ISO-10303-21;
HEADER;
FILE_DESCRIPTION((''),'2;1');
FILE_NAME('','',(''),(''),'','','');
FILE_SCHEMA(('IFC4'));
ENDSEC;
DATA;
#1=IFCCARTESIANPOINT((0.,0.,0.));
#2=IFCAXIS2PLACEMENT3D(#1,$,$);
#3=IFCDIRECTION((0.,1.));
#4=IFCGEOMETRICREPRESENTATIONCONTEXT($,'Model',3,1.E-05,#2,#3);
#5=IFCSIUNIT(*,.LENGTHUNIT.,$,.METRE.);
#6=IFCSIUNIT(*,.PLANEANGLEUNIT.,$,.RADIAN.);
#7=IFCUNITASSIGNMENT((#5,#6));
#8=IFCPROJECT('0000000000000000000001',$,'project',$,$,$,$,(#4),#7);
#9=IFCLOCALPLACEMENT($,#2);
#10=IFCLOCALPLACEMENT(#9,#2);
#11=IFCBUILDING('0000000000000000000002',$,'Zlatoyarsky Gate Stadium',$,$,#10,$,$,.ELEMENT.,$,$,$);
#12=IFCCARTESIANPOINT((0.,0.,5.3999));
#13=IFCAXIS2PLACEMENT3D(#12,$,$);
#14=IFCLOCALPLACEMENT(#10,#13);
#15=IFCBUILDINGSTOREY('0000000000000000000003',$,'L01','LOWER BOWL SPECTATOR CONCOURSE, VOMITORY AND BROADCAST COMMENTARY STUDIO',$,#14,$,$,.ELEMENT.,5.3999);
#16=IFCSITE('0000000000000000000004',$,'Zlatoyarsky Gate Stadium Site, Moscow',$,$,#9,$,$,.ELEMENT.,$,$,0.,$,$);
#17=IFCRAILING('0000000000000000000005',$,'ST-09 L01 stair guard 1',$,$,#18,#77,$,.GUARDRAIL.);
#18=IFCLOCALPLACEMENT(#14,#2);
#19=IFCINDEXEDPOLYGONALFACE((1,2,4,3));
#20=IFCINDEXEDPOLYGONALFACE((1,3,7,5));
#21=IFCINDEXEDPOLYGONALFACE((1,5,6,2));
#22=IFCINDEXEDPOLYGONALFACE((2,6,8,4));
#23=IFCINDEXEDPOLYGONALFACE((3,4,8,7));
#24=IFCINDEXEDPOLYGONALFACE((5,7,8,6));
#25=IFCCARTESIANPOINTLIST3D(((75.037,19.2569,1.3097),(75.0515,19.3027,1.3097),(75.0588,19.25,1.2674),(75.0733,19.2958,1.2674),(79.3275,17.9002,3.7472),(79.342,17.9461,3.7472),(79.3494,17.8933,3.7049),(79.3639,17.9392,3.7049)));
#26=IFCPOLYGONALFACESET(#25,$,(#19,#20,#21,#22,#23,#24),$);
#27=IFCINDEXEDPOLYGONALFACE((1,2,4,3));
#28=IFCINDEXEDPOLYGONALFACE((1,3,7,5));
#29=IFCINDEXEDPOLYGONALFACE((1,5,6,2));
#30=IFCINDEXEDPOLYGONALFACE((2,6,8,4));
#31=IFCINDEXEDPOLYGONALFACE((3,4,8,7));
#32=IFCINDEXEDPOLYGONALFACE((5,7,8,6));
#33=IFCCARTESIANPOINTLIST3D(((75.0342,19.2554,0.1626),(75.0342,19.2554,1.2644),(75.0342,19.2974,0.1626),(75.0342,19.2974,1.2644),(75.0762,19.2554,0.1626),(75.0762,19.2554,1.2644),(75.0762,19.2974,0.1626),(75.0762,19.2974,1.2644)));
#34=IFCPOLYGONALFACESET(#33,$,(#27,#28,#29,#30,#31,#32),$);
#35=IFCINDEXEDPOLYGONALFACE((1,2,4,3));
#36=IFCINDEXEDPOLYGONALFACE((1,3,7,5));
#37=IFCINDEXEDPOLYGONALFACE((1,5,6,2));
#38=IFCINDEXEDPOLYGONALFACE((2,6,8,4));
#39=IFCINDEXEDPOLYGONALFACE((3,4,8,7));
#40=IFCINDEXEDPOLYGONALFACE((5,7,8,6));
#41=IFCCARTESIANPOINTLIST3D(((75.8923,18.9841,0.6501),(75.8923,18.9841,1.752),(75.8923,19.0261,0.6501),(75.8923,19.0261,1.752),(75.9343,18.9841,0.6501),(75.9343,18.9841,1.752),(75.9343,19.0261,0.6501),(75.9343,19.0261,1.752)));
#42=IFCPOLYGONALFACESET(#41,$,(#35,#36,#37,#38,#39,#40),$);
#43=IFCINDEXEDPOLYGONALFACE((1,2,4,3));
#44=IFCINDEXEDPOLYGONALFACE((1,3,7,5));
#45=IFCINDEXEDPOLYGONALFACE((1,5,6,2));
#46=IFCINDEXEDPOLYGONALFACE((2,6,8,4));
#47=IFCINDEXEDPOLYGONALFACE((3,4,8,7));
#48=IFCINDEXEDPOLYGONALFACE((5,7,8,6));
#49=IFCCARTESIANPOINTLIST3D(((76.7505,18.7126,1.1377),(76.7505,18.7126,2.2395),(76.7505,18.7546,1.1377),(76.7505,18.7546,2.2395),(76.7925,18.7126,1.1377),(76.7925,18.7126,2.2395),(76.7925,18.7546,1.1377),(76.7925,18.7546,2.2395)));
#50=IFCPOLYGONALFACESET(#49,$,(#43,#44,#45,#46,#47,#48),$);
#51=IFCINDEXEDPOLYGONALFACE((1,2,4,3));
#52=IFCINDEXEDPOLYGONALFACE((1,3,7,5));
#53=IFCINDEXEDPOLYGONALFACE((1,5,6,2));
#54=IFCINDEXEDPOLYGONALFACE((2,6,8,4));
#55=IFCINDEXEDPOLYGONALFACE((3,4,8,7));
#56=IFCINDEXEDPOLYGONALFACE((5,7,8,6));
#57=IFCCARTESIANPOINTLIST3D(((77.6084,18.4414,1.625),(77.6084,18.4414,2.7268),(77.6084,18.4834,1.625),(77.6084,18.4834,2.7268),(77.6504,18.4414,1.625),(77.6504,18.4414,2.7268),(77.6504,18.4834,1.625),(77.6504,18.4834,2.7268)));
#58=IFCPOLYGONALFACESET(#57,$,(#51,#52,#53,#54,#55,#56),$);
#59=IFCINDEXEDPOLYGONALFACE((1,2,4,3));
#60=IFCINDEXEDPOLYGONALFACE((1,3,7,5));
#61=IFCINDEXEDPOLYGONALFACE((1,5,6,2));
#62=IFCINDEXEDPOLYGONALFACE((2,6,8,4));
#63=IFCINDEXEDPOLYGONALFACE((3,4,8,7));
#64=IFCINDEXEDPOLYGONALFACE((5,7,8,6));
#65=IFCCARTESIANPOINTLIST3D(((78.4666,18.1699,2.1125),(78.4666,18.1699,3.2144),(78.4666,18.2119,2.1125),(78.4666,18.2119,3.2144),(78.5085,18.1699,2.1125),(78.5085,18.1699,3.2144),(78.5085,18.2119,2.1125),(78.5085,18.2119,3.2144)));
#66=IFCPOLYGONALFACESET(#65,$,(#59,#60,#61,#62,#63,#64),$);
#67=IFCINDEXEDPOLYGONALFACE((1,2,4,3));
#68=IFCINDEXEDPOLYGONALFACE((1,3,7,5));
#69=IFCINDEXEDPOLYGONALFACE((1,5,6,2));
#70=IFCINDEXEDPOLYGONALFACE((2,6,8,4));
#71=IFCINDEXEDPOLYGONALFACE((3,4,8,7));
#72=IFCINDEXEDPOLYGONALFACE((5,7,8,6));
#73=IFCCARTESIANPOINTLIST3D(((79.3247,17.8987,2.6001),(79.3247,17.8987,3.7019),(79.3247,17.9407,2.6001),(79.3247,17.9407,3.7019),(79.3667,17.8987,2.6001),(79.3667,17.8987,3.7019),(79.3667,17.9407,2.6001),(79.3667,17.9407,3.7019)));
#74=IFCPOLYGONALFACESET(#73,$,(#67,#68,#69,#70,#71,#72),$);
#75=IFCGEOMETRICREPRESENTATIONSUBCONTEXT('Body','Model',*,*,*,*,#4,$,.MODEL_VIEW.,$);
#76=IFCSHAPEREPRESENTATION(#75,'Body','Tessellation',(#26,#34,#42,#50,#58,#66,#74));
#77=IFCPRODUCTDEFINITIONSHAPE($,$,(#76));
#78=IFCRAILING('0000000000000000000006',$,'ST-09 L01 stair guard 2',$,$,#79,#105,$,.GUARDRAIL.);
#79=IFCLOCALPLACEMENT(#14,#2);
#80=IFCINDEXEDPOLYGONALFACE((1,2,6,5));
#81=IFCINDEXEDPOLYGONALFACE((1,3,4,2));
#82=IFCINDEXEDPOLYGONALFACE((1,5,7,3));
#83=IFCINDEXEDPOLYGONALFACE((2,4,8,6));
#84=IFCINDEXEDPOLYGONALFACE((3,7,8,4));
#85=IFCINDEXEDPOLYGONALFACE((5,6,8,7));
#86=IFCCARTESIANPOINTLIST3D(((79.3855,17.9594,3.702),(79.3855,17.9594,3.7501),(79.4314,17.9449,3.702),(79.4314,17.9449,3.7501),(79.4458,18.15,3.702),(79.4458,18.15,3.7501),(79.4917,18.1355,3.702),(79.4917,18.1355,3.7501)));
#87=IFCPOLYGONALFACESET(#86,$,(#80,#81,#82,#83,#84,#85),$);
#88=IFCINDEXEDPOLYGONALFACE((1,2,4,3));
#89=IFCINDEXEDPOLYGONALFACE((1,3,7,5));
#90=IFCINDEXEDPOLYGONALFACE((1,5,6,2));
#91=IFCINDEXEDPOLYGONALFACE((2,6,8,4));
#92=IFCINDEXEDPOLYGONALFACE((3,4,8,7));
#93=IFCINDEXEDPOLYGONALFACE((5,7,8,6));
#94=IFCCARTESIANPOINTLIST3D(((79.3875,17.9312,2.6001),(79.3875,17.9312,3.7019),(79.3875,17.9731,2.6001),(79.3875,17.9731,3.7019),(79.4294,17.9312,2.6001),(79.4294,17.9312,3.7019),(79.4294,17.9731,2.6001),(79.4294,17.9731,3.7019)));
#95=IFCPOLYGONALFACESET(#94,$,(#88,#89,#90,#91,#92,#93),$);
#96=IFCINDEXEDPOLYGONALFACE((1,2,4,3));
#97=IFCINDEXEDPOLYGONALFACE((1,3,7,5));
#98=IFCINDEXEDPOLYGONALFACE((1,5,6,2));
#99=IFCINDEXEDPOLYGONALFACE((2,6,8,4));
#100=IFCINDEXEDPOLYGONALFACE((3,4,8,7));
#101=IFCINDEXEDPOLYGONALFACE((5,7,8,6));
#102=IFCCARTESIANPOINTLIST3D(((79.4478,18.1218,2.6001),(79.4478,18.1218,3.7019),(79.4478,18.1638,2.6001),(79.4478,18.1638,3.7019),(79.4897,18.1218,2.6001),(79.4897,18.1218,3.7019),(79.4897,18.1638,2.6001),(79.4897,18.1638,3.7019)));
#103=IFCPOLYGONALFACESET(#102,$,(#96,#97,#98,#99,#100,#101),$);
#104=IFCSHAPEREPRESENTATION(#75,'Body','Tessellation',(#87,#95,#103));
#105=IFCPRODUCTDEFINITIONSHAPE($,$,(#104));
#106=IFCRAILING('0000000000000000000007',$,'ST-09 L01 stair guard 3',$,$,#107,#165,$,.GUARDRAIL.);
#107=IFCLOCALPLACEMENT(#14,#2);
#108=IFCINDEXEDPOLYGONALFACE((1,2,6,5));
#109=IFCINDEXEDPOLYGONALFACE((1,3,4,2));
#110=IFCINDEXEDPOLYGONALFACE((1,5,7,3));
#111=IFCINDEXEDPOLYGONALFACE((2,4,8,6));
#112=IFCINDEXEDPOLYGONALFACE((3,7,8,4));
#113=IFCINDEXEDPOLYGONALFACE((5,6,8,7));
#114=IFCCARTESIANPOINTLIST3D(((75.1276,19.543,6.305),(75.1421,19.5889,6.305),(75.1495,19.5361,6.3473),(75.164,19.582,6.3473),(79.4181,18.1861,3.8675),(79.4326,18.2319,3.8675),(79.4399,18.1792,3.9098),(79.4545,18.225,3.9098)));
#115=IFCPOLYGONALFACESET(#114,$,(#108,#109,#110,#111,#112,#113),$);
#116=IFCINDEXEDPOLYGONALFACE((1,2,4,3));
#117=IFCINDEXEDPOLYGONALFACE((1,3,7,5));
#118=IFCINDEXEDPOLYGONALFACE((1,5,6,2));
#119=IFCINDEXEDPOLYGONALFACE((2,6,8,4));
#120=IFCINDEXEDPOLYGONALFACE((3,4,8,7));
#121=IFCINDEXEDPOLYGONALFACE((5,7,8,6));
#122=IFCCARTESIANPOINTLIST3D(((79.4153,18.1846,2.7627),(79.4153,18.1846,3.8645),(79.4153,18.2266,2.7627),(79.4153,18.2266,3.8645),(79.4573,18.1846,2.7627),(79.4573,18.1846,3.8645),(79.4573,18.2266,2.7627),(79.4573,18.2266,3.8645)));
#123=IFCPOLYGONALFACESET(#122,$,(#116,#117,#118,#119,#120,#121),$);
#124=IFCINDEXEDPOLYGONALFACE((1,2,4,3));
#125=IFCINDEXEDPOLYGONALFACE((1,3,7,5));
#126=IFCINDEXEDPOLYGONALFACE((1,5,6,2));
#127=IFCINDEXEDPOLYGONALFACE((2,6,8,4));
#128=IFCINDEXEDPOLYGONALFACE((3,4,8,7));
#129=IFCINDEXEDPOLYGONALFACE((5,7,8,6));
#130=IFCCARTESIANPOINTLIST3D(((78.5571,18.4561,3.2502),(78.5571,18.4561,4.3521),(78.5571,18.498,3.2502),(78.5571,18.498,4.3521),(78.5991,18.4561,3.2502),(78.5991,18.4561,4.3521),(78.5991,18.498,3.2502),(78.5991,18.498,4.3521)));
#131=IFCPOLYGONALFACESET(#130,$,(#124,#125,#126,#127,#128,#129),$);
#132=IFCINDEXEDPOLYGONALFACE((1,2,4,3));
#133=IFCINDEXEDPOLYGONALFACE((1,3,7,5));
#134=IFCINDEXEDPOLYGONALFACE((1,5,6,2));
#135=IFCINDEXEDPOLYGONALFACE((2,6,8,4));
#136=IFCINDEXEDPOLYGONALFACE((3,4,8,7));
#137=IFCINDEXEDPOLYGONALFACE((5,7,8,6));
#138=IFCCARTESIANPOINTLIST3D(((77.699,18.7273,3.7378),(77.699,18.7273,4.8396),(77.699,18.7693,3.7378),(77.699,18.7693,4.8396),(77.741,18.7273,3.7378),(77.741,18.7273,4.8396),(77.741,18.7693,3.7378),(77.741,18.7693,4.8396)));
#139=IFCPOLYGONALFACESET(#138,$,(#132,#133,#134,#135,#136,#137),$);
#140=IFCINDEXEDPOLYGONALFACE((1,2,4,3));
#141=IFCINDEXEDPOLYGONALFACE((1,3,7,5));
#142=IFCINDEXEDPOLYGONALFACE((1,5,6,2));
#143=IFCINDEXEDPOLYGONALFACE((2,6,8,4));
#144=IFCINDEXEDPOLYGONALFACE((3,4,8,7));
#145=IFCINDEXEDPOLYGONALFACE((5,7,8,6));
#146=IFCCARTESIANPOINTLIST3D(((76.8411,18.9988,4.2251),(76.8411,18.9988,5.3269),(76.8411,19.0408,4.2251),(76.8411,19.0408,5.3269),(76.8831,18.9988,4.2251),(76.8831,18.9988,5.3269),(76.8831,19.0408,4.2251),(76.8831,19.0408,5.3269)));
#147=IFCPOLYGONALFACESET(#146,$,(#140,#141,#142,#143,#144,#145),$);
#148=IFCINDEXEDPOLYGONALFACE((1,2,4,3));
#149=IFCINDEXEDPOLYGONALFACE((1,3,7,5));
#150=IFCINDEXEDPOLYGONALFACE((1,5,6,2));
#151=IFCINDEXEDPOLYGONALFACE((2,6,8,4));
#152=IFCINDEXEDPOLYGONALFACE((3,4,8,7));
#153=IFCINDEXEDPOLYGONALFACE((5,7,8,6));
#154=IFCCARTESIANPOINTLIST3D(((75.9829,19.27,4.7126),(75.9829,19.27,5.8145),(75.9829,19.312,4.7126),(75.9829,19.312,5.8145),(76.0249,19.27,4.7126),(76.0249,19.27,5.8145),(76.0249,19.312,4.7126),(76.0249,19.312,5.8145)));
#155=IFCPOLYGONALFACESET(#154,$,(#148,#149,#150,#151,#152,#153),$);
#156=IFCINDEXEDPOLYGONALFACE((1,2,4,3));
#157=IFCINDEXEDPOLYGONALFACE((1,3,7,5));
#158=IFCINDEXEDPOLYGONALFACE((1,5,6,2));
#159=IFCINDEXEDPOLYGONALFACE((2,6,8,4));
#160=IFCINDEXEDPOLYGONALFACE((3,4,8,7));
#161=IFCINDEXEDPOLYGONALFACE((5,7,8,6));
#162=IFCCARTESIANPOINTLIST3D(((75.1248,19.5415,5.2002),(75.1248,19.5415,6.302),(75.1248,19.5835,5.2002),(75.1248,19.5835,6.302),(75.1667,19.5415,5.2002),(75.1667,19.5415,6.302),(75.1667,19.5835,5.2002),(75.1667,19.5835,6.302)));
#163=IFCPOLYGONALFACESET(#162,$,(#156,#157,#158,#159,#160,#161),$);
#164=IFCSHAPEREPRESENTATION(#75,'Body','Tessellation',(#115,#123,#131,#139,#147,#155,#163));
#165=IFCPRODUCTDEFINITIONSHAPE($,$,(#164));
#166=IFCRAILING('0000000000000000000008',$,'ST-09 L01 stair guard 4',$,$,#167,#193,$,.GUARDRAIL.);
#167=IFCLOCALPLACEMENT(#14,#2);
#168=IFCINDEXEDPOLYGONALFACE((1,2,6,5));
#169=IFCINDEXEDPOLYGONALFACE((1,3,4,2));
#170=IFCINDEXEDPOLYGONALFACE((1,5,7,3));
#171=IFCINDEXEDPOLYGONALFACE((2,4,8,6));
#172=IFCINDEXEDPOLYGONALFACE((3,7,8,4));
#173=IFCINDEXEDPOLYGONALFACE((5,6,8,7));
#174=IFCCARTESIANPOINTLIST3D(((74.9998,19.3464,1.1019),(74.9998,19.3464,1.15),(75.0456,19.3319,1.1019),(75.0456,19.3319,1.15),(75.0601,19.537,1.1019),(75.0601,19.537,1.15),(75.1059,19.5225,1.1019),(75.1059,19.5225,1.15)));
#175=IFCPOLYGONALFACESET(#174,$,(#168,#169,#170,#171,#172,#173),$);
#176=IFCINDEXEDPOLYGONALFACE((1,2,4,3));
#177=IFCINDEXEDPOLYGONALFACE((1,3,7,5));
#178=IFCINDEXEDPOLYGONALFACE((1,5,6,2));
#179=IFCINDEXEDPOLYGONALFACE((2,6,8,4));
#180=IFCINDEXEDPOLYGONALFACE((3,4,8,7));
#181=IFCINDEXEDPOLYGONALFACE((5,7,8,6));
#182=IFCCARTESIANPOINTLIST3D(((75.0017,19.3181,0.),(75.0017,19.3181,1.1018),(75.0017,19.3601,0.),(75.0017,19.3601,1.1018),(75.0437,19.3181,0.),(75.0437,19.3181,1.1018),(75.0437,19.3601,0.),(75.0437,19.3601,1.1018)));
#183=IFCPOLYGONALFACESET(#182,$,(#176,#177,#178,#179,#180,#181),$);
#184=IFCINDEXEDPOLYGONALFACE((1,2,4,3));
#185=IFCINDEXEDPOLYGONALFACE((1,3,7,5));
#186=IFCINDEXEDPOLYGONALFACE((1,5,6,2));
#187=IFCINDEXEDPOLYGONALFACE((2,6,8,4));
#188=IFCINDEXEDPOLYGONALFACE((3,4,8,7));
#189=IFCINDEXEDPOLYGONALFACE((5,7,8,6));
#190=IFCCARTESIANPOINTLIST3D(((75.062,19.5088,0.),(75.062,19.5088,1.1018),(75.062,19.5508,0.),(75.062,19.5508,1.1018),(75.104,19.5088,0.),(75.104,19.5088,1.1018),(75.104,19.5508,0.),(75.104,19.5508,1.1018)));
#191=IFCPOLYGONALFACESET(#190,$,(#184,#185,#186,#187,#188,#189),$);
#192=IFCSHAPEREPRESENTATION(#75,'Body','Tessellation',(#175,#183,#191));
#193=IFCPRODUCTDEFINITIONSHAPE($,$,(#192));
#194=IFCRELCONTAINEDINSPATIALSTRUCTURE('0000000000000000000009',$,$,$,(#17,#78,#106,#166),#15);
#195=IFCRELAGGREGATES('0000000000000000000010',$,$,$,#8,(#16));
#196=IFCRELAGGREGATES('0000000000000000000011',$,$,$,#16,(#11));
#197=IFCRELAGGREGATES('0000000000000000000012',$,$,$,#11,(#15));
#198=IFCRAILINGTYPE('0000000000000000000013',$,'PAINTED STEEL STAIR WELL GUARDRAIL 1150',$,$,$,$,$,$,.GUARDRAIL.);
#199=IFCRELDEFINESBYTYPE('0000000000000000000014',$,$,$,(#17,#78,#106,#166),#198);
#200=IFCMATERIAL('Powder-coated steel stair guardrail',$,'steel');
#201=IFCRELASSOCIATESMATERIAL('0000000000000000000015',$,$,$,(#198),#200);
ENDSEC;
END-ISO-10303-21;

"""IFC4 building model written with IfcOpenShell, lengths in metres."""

from ifc_helpers import new_model, si_unit, direction, frame, origin, origin_2d, place, context, subcontext, project, spatial, rectangle, extrude, material, type_object, element, save


model = new_model("IFC4")

# Units and contexts
model_context = context("Model", 3, precision=1e-05, world=origin(), true_north=direction((0.0, 1.0)))
body_context = subcontext(model_context, "Body", "Model", "MODEL_VIEW")
ifc_project = project(units=[si_unit("LENGTHUNIT", "METRE"), si_unit("PLANEANGLEUNIT", "RADIAN")], contexts=[model_context])

# Site, building, storey
site_placement = place(None, origin())
site = spatial("IfcSite", under=ifc_project, at=site_placement, Name="Zlatoyarsky Gate Stadium Site, Moscow", CompositionType="ELEMENT", RefElevation=0.0)
building_placement = place(site_placement, origin())
building = spatial("IfcBuilding", under=site, at=building_placement, Name="Zlatoyarsky Gate Stadium", CompositionType="ELEMENT")
storey_placement = place(building_placement, frame((0.0, 0.0, 5.3999)))
storey = spatial("IfcBuildingStorey", under=building, at=storey_placement, Name="L01", Description="LOWER BOWL SPECTATOR CONCOURSE, VOMITORY AND BROADCAST COMMENTARY STUDIO", CompositionType="ELEMENT", Elevation=5.3999)

# Railings
ifc_material_1 = material(Name="Powder-coated steel stair guardrail", Category="steel")
railing_type_1 = type_object("IfcRailingType", Name="PAINTED STEEL STAIR WELL GUARDRAIL 1150", PredefinedType="GUARDRAIL", material=ifc_material_1)
railing_1_placement = place(storey_placement, frame((75.0552, 19.2764, 0.1626)))
element("IfcRailing", 1, at=railing_1_placement, inside=storey, type_object=railing_type_1, Name="ST-09 L01 stair guard 1", PredefinedType="GUARDRAIL", context=body_context, shape_type="SweptSolid", body=[
    extrude(rectangle(XDim=0.0481, YDim=0.0481, at=origin_2d()), frame((0.0, 0.0, 1.126), z_axis=(0.838374, -0.265099, 0.47629), x_axis=(0.301492, 0.953469, 0.0)), (0.0, 0.0, 1.0), 5.1177),
    extrude(rectangle(XDim=0.042, YDim=0.042, at=origin_2d()), origin(), (0.0, 0.0, 1.0), 1.1018),
    extrude(rectangle(XDim=0.042, YDim=0.042, at=origin_2d()), frame((0.8582, -0.2712, 0.4875)), (0.0, 0.0, 1.0), 1.1018),
    extrude(rectangle(XDim=0.042, YDim=0.042, at=origin_2d()), frame((1.7163, -0.5427, 0.9751)), (0.0, 0.0, 1.0), 1.1018),
    extrude(rectangle(XDim=0.042, YDim=0.042, at=origin_2d()), frame((2.5742, -0.814, 1.4624)), (0.0, 0.0, 1.0), 1.1018),
    extrude(rectangle(XDim=0.042, YDim=0.042, at=origin_2d()), frame((3.4324, -1.0854, 1.95)), (0.0, 0.0, 1.0), 1.1018),
    extrude(rectangle(XDim=0.042, YDim=0.042, at=origin_2d()), frame((4.2905, -1.3567, 2.4375)), (0.0, 0.0, 1.0), 1.1018),
])
railing_2_placement = place(storey_placement, frame((79.4084, 17.9521, 2.6001)))
element("IfcRailing", 2, at=railing_2_placement, inside=storey, type_object=railing_type_1, Name="ST-09 L01 stair guard 2", PredefinedType="GUARDRAIL", context=body_context, shape_type="SweptSolid", body=[
    extrude(rectangle(XDim=0.0481, YDim=0.0481, at=origin_2d()), frame((0.0, 0.0, 1.126), z_axis=(0.30154, 0.953453, 0.0), x_axis=(-0.953453, 0.30154, 0.0)), (0.0, 0.0, 1.0), 0.2),
    extrude(rectangle(XDim=0.042, YDim=0.042, at=origin_2d()), origin(), (0.0, 0.0, 1.0), 1.1018),
    extrude(rectangle(XDim=0.042, YDim=0.042, at=origin_2d()), frame((0.0603, 0.1907, 0.0)), (0.0, 0.0, 1.0), 1.1018),
])
railing_3_placement = place(storey_placement, frame((79.4363, 18.2056, 2.7627)))
element("IfcRailing", 3, at=railing_3_placement, inside=storey, type_object=railing_type_1, Name="ST-09 L01 stair guard 3", PredefinedType="GUARDRAIL", context=body_context, shape_type="SweptSolid", body=[
    extrude(rectangle(XDim=0.0481, YDim=0.0481, at=origin_2d()), frame((0.0, 0.0, 1.126), z_axis=(-0.838363, 0.265143, 0.476284), x_axis=(-0.301542, -0.953453, 0.0)), (0.0, 0.0, 1.0), 5.1177),
    extrude(rectangle(XDim=0.042, YDim=0.042, at=origin_2d()), origin(), (0.0, 0.0, 1.0), 1.1018),
    extrude(rectangle(XDim=0.042, YDim=0.042, at=origin_2d()), frame((-0.8582, 0.2715, 0.4875)), (0.0, 0.0, 1.0), 1.1018),
    extrude(rectangle(XDim=0.042, YDim=0.042, at=origin_2d()), frame((-1.7163, 0.5427, 0.9751)), (0.0, 0.0, 1.0), 1.1018),
    extrude(rectangle(XDim=0.042, YDim=0.042, at=origin_2d()), frame((-2.5742, 0.8142, 1.4624)), (0.0, 0.0, 1.0), 1.1018),
    extrude(rectangle(XDim=0.042, YDim=0.042, at=origin_2d()), frame((-3.4324, 1.0854, 1.95)), (0.0, 0.0, 1.0), 1.1018),
    extrude(rectangle(XDim=0.042, YDim=0.042, at=origin_2d()), frame((-4.2905, 1.3569, 2.4375)), (0.0, 0.0, 1.0), 1.1018),
])
railing_4_placement = place(storey_placement, frame((75.0227, 19.3391, 0.0)))
element("IfcRailing", 4, at=railing_4_placement, inside=storey, type_object=railing_type_1, Name="ST-09 L01 stair guard 4", PredefinedType="GUARDRAIL", context=body_context, shape_type="SweptSolid", body=[
    extrude(rectangle(XDim=0.0481, YDim=0.0481, at=origin_2d()), frame((0.0, 0.0, 1.126), z_axis=(0.30154, 0.953453, 0.0), x_axis=(-0.953453, 0.30154, 0.0)), (0.0, 0.0, 1.0), 0.2),
    extrude(rectangle(XDim=0.042, YDim=0.042, at=origin_2d()), origin(), (0.0, 0.0, 1.0), 1.1018),
    extrude(rectangle(XDim=0.042, YDim=0.042, at=origin_2d()), frame((0.0603, 0.1907, 0.0)), (0.0, 0.0, 1.0), 1.1018),
])

save(model, "model.ifc")
